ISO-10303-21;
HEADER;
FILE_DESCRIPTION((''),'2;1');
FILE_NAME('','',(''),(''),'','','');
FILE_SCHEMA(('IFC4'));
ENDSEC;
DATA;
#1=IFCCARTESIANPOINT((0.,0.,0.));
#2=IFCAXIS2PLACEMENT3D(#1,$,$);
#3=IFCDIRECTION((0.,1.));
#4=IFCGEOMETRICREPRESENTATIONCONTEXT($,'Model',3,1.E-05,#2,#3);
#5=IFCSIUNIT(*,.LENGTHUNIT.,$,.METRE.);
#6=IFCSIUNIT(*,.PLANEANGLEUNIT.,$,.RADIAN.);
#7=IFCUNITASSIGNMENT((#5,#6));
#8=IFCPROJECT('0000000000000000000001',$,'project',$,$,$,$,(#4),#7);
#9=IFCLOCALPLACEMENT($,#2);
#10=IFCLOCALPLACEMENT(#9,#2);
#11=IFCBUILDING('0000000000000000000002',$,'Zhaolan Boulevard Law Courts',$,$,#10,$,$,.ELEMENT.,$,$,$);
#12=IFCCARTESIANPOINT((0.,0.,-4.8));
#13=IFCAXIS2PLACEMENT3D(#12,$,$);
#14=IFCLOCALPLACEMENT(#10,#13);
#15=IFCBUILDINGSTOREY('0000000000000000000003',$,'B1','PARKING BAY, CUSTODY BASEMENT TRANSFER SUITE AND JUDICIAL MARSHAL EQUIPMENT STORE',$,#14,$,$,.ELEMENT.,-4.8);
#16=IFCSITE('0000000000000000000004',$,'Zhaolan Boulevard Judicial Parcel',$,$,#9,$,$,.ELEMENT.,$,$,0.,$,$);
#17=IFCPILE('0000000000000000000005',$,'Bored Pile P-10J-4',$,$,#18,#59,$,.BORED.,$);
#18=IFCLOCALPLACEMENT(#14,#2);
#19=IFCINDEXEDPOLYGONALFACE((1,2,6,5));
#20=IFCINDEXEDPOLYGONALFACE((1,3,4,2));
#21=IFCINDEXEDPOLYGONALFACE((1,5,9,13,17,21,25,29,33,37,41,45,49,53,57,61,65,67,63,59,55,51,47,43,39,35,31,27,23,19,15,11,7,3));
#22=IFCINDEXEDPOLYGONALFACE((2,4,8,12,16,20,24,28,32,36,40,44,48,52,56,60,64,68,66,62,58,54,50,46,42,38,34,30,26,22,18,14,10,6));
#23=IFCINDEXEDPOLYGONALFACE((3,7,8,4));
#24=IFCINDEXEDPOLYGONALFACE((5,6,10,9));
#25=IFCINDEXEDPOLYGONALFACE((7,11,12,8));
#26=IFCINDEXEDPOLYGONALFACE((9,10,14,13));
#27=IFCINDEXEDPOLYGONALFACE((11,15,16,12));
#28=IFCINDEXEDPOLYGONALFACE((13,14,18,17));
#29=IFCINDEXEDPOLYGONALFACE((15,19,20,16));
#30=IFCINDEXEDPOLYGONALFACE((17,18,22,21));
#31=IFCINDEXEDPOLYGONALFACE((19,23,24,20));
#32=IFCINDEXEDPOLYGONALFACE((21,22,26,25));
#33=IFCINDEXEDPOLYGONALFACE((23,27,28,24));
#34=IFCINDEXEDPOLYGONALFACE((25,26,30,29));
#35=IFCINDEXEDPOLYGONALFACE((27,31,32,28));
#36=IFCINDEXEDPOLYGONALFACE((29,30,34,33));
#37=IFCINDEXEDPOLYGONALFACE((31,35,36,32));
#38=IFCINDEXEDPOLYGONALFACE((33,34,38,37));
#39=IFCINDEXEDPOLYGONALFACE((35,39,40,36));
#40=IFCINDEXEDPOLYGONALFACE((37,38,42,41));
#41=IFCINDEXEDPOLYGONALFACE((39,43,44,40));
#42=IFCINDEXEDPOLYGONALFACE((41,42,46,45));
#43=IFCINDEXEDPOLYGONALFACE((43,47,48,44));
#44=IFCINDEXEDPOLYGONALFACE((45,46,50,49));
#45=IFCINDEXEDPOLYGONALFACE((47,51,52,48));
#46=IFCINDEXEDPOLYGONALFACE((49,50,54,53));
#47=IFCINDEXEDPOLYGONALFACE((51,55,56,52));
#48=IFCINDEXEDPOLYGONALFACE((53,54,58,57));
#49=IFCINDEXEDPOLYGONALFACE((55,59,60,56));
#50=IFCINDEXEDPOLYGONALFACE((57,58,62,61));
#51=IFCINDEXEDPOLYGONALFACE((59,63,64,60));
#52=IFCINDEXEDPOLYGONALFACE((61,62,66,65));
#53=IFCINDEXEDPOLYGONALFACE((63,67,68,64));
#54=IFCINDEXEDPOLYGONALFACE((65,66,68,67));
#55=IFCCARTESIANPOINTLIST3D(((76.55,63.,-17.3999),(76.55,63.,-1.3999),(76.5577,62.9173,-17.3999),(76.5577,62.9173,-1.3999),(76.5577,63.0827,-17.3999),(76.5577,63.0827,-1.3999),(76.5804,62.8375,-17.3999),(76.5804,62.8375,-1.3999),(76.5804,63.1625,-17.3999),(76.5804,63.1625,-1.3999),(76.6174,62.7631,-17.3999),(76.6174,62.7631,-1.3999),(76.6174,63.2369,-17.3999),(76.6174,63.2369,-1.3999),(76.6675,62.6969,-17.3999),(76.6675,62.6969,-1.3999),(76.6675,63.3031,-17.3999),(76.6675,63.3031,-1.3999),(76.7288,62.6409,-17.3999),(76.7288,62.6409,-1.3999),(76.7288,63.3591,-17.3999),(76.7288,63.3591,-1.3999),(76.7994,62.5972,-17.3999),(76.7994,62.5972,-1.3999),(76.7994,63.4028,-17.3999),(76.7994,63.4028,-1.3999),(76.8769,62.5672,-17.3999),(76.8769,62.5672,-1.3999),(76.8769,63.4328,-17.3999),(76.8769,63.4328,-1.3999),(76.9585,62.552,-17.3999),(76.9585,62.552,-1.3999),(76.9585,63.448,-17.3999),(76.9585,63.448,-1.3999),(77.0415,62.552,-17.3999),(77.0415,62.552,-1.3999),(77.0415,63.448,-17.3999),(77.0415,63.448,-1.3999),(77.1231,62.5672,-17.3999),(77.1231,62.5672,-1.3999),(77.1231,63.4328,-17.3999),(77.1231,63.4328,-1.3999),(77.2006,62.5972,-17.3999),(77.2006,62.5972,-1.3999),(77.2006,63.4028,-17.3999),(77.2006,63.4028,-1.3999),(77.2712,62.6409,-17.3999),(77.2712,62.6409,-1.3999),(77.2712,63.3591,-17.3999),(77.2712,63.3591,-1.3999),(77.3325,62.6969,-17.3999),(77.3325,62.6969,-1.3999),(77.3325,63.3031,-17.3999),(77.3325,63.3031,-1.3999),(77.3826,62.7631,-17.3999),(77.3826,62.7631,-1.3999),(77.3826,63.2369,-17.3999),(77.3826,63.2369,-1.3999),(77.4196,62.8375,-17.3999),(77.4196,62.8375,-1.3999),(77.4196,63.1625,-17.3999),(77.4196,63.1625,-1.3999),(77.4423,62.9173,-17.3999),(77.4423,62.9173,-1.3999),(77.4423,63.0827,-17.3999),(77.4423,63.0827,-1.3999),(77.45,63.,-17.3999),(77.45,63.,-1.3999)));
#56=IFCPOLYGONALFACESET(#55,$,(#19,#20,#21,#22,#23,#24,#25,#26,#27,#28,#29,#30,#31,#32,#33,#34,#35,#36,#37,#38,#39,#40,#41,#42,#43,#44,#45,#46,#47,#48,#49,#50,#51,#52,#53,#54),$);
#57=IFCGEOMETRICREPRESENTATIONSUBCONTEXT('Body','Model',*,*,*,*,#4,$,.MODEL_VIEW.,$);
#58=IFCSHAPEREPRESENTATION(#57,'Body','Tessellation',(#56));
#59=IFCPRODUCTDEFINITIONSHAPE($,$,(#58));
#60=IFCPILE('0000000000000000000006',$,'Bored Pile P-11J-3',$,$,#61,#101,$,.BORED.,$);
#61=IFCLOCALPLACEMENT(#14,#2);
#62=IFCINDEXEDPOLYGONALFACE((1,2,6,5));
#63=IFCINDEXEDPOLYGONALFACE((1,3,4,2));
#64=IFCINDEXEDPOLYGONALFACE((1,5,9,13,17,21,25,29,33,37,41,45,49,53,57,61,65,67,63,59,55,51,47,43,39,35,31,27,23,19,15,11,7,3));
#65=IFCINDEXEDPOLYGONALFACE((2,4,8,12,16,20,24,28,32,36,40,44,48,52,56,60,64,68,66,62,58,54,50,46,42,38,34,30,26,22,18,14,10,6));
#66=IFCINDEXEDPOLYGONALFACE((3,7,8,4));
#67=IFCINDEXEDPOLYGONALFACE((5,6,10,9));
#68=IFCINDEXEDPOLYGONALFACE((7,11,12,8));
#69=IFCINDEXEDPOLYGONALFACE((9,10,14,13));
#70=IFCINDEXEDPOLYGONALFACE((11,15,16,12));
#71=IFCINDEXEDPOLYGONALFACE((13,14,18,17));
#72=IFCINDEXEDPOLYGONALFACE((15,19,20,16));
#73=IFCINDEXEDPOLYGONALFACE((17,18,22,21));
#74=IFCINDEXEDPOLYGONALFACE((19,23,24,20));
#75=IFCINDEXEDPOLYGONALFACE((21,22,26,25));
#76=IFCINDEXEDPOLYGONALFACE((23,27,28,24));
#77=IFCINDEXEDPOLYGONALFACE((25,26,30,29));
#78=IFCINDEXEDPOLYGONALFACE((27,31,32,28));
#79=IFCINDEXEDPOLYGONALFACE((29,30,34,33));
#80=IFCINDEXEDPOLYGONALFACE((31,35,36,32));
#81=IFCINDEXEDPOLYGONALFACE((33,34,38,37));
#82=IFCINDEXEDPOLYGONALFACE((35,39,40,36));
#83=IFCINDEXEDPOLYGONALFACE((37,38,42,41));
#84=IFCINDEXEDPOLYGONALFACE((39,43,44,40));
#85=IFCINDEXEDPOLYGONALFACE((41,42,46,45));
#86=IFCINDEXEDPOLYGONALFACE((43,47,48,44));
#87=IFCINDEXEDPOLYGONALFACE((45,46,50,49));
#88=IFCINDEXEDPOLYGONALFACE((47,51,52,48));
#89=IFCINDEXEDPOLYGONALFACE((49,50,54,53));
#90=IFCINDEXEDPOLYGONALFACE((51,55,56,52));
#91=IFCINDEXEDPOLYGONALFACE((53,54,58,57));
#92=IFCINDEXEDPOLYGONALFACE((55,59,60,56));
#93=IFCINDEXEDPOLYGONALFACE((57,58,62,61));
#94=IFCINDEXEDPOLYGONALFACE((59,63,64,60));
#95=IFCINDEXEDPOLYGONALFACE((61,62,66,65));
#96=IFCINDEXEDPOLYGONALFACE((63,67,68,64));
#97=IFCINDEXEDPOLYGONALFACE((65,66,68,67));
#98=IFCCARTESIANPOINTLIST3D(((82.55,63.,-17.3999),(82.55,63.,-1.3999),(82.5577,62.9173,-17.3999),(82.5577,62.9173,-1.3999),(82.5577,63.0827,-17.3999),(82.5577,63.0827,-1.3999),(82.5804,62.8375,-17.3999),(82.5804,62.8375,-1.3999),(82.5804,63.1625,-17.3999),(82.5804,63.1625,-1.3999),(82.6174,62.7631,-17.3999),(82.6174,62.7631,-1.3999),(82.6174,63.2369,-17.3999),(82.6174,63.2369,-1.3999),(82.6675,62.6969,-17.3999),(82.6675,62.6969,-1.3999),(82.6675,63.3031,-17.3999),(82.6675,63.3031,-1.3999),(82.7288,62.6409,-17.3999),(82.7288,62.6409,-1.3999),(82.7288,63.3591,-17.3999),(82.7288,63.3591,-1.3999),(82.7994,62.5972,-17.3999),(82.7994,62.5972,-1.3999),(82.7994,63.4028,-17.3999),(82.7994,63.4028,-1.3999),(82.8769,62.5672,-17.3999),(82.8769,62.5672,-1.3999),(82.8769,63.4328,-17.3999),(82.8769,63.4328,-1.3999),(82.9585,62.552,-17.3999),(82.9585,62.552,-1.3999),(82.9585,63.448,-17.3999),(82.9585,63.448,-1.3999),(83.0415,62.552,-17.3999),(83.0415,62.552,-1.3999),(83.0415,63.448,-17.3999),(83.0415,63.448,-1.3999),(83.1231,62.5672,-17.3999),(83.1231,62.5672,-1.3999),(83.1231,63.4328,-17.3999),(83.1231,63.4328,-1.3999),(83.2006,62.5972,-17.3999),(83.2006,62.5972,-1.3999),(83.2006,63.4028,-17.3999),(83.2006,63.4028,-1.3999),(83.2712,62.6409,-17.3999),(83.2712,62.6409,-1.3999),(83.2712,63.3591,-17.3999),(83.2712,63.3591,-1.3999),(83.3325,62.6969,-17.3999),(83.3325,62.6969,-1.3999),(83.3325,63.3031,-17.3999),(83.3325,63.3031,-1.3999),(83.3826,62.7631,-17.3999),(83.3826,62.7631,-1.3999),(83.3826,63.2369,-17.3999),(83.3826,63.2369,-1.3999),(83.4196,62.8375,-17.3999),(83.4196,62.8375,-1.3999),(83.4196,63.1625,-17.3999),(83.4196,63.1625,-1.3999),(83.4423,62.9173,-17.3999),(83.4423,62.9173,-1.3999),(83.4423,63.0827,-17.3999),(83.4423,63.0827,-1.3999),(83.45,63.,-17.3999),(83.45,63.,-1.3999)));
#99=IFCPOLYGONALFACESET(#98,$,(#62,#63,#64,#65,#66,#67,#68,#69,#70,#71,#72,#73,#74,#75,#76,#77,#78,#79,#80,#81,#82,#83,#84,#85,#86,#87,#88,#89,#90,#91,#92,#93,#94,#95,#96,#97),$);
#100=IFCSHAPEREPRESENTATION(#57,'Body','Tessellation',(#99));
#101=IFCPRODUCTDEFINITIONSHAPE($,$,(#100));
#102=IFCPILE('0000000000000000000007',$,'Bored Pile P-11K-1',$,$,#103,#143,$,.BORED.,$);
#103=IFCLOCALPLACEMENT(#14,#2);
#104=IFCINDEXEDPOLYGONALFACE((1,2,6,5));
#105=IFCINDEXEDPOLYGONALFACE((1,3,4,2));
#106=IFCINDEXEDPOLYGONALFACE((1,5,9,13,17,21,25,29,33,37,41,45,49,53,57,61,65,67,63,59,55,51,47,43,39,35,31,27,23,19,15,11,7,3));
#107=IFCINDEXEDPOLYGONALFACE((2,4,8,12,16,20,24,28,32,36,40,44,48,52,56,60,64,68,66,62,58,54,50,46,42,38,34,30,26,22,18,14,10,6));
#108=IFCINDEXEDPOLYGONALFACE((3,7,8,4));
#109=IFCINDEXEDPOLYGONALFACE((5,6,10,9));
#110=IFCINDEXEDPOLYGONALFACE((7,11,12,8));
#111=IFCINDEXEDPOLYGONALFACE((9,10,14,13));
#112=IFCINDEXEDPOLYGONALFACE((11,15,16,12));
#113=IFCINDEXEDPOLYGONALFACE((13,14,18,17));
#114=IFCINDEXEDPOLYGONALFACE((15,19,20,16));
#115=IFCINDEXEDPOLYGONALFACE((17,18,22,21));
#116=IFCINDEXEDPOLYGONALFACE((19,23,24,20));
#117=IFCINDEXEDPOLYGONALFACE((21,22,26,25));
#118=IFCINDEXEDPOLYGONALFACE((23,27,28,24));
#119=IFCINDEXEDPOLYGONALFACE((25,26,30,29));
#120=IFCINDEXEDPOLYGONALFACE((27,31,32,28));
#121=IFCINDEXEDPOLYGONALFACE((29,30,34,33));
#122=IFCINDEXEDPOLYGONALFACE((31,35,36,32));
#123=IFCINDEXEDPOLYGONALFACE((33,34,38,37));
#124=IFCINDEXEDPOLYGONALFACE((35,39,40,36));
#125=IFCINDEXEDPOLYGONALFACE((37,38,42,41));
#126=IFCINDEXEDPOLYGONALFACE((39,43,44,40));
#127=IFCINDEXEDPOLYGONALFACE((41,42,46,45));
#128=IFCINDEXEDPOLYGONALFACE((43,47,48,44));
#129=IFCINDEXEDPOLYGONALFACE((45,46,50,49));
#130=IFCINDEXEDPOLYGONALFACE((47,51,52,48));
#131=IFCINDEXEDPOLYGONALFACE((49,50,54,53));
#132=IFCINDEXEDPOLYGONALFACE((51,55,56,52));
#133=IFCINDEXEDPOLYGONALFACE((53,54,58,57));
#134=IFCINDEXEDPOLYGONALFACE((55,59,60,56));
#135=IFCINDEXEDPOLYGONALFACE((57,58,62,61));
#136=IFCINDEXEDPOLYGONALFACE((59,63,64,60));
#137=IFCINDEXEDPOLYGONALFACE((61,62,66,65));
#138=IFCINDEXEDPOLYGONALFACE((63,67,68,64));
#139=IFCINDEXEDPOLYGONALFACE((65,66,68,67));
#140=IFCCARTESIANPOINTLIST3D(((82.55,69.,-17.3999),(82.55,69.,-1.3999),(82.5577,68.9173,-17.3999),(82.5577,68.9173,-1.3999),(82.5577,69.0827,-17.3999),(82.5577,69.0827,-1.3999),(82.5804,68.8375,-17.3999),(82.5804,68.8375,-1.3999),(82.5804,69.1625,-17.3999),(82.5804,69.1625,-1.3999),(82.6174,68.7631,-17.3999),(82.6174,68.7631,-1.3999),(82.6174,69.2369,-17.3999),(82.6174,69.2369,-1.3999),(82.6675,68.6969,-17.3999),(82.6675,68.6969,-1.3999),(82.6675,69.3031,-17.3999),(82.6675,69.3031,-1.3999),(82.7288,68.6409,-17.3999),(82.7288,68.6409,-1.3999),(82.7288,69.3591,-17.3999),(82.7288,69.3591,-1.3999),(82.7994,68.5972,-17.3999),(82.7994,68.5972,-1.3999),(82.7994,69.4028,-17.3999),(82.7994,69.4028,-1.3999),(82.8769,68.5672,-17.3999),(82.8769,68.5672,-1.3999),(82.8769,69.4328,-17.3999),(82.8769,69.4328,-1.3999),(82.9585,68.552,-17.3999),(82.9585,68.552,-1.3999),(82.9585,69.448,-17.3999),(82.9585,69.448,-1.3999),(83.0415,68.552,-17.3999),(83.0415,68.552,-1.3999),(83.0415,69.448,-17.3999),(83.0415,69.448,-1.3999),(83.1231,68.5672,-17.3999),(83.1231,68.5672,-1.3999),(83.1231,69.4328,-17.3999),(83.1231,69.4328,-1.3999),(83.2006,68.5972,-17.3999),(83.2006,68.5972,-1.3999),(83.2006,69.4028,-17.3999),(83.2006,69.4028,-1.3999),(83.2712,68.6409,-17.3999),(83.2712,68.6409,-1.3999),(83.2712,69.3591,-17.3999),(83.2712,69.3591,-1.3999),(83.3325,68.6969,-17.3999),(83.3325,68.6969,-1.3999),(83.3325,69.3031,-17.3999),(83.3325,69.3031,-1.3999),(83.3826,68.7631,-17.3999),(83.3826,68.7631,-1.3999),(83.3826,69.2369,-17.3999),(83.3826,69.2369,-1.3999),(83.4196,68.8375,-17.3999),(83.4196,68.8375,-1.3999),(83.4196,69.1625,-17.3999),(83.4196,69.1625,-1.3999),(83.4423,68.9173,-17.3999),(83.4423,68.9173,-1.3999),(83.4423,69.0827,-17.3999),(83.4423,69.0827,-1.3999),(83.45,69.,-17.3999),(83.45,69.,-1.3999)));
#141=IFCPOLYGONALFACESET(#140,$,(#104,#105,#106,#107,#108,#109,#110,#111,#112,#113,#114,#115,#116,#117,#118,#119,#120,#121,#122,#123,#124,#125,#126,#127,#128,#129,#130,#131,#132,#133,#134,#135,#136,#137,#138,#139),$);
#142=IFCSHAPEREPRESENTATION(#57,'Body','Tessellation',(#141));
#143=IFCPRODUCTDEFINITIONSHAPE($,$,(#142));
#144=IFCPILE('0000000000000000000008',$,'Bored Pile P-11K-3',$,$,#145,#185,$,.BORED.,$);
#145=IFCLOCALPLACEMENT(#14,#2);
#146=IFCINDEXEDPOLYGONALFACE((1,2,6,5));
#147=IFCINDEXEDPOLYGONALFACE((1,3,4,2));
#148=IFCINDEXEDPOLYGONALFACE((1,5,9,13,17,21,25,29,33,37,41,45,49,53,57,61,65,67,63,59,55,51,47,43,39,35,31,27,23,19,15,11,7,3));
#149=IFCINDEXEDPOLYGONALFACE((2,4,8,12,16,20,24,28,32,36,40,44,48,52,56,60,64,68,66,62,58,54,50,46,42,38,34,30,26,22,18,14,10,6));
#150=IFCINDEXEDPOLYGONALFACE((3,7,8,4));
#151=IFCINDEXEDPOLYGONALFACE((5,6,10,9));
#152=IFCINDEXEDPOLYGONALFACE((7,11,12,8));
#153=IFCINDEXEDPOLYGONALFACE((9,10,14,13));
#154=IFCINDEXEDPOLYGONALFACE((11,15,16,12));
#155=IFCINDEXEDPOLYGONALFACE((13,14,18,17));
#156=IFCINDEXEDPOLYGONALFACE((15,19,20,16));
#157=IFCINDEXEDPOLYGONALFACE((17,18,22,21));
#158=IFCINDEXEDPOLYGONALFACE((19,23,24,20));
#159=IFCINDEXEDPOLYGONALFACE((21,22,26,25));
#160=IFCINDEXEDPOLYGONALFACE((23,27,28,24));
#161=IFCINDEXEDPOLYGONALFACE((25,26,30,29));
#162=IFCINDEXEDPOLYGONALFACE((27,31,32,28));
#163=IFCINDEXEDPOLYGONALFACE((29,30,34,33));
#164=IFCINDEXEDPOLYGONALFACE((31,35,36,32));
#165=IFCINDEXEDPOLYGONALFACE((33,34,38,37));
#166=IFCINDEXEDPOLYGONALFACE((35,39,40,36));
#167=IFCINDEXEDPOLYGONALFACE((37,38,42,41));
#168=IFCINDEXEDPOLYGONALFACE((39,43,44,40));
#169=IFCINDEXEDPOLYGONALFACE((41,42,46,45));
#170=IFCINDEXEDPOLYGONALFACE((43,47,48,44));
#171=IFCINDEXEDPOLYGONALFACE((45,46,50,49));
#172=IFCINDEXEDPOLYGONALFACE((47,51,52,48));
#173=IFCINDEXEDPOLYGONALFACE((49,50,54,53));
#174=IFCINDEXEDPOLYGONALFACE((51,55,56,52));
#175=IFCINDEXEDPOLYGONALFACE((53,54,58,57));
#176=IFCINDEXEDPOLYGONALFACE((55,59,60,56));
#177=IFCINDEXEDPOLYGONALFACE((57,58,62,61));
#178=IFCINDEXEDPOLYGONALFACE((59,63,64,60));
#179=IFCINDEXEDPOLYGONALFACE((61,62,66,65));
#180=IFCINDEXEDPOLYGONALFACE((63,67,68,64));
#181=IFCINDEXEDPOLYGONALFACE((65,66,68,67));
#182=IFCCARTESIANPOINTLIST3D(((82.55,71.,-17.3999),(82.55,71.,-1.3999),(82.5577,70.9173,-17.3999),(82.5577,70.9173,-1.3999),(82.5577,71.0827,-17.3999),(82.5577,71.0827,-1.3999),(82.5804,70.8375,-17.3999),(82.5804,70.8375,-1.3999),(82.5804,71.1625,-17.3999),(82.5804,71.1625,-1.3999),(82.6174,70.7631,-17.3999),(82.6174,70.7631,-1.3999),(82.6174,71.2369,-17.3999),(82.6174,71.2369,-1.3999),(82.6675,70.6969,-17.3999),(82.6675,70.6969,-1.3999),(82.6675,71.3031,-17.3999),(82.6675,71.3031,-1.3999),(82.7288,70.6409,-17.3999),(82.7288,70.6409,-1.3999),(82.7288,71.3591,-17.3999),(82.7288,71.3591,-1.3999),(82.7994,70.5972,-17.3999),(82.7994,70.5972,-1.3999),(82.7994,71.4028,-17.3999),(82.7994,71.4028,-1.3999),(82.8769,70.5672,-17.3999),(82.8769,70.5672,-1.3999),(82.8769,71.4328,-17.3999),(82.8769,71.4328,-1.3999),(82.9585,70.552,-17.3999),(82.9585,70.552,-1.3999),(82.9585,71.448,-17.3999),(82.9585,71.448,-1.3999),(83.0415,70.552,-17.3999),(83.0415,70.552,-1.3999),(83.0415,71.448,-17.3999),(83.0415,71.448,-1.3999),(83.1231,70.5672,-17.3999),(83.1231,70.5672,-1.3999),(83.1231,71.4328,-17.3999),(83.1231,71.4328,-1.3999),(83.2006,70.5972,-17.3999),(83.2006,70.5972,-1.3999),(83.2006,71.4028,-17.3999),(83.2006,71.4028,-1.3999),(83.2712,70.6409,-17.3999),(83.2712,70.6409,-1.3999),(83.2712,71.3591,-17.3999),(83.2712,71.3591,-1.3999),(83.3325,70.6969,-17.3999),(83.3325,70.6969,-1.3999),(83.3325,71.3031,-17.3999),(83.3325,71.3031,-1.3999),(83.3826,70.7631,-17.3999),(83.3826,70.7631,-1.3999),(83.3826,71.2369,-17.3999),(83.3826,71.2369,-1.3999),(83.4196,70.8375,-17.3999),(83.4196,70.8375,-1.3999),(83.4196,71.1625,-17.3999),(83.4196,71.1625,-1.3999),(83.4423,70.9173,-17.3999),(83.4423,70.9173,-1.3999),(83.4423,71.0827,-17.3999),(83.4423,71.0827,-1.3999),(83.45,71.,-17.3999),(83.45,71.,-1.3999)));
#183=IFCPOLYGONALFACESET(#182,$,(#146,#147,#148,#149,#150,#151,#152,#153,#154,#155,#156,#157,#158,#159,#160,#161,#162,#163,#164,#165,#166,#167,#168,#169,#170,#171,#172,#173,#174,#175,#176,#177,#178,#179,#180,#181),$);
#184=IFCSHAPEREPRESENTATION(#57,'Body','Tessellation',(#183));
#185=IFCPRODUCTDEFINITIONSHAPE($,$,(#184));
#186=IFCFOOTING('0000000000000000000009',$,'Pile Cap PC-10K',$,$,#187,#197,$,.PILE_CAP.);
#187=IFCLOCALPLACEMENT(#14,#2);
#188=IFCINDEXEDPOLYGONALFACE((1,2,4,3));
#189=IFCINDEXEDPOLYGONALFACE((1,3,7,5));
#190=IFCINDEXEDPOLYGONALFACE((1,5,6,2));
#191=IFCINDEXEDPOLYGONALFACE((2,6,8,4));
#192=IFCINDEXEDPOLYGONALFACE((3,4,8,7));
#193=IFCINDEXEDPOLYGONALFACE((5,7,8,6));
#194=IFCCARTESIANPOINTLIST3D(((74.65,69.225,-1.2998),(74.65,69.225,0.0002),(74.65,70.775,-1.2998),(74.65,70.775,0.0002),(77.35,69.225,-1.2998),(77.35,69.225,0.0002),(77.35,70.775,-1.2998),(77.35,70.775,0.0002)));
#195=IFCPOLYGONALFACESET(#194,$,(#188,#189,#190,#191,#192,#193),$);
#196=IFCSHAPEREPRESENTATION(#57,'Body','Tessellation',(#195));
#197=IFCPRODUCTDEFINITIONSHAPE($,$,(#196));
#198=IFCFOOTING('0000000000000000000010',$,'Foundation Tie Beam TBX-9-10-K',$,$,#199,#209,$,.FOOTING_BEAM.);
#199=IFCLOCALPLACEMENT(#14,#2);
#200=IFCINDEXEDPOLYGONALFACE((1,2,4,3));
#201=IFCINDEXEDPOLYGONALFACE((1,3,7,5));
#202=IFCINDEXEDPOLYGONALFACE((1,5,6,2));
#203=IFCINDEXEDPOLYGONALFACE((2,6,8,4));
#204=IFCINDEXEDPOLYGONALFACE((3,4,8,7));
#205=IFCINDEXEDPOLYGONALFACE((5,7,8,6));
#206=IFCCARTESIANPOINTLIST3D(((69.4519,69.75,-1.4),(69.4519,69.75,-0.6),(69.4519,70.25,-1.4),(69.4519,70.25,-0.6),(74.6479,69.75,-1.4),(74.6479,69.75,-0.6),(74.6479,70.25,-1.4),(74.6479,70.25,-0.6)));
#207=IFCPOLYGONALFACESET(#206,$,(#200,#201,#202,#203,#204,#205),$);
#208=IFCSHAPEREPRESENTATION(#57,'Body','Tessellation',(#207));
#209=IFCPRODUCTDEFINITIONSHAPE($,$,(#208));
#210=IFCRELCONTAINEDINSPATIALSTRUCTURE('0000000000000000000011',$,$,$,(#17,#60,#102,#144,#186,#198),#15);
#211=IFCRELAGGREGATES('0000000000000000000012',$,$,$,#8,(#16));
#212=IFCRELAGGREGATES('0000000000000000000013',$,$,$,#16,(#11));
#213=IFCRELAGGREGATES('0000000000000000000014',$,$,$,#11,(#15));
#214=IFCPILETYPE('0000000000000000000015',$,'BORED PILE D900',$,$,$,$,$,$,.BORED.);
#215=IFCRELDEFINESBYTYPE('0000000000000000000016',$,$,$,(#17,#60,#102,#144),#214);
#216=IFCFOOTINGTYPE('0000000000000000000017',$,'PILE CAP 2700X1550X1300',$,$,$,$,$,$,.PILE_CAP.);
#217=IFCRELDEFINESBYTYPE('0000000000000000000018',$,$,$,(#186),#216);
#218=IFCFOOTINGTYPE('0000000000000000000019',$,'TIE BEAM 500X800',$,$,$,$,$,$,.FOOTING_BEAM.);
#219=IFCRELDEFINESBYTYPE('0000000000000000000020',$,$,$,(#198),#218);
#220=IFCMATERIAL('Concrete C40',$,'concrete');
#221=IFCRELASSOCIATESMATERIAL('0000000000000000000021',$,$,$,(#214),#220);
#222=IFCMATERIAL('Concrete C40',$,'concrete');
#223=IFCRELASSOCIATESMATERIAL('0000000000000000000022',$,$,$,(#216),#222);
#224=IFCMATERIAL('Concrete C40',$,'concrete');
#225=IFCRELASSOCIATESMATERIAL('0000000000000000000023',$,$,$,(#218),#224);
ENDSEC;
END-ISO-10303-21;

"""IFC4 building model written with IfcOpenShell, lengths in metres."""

from ifc_helpers import new_model, si_unit, direction, frame, origin, origin_2d, place, context, subcontext, project, spatial, rectangle, circle, extrude, material, material_profile, profile_set, type_object, element, save


model = new_model("IFC4")

# Units and contexts
model_context = context("Model", 3, precision=1e-05, world=origin(), true_north=direction((0.0, 1.0)))
body_context = subcontext(model_context, "Body", "Model", "MODEL_VIEW")
ifc_project = project(units=[si_unit("LENGTHUNIT", "METRE"), si_unit("PLANEANGLEUNIT", "RADIAN")], contexts=[model_context])

# Site, building, storey
site_placement = place(None, origin())
site = spatial("IfcSite", under=ifc_project, at=site_placement, Name="Zhaolan Boulevard Judicial Parcel", CompositionType="ELEMENT", RefElevation=0.0)
building_placement = place(site_placement, origin())
building = spatial("IfcBuilding", under=site, at=building_placement, Name="Zhaolan Boulevard Law Courts", CompositionType="ELEMENT")
storey_placement = place(building_placement, frame((0.0, 0.0, -4.8)))
storey = spatial("IfcBuildingStorey", under=building, at=storey_placement, Name="B1", Description="PARKING BAY, CUSTODY BASEMENT TRANSFER SUITE AND JUDICIAL MARSHAL EQUIPMENT STORE", CompositionType="ELEMENT", Elevation=-4.8)

# Piles
ifc_material_1 = material(Name="Concrete C40", Category="concrete")
ifc_material_profile_1 = material_profile(ifc_material_1, circle(Radius=0.45, at=origin_2d()), Name="PILE-D900")
ifc_profile_set_1 = profile_set([ifc_material_profile_1], Name="Concrete C40")
pile_type_1 = type_object("IfcPileType", Name="BORED PILE D900", PredefinedType="BORED", material=ifc_profile_set_1)
for number, where, z_axis, x_axis, name in (
    (1, (77.0, 63.0, -1.3999), (0.0, 0.0, -1.0), (1.0, 0.0, 0.0), "Bored Pile P-10J-4"),
    (2, (83.0, 63.0, -1.3999), (0.0, 0.0, -1.0), (1.0, 0.0, 0.0), "Bored Pile P-11J-3"),
    (3, (83.0, 69.0, -1.3999), (0.0, 0.0, -1.0), (1.0, 0.0, 0.0), "Bored Pile P-11K-1"),
    (4, (83.0, 71.0, -1.3999), (0.0, 0.0, -1.0), (1.0, 0.0, 0.0), "Bored Pile P-11K-3"),
):
    element("IfcPile", number, at=place(storey_placement, frame(where, z_axis=z_axis, x_axis=x_axis)), inside=storey, type_object=pile_type_1, Name=name, PredefinedType="BORED", context=body_context, shape_type="SweptSolid", body=[
        extrude(circle(Radius=0.45, at=origin_2d()), origin(), (0.0, 0.0, 1.0), 16.0),
    ])

# Footings
ifc_material_2 = material(Name="Concrete C40", Category="concrete")
footing_type_1 = type_object("IfcFootingType", Name="PILE CAP 2700X1550X1300", PredefinedType="PILE_CAP", material=ifc_material_2)
footing_1_placement = place(storey_placement, frame((76.0, 70.0, -1.2998), z_axis=(0.0, 0.0, 1.0), x_axis=(1.0, 0.0, 0.0)))
element("IfcFooting", 5, at=footing_1_placement, inside=storey, type_object=footing_type_1, Name="Pile Cap PC-10K", PredefinedType="PILE_CAP", context=body_context, shape_type="SweptSolid", body=[
    extrude(rectangle(XDim=2.7, YDim=1.55, at=origin_2d()), origin(), (0.0, 0.0, 1.0), 1.3),
])
ifc_material_3 = material(Name="Concrete C40", Category="concrete")
ifc_material_profile_2 = material_profile(ifc_material_3, rectangle(XDim=0.5, YDim=0.8, at=origin_2d()), Name="RC500x800")
ifc_profile_set_2 = profile_set([ifc_material_profile_2], Name="Concrete C40")
footing_type_2 = type_object("IfcFootingType", Name="TIE BEAM 500X800", PredefinedType="FOOTING_BEAM", material=ifc_profile_set_2)
footing_2_placement = place(storey_placement, frame((69.4519, 70.0, -1.0), z_axis=(1.0, 0.0, 0.0), x_axis=(0.0, 1.0, 0.0)))
element("IfcFooting", 6, at=footing_2_placement, inside=storey, type_object=footing_type_2, Name="Foundation Tie Beam TBX-9-10-K", PredefinedType="FOOTING_BEAM", context=body_context, shape_type="SweptSolid", body=[
    extrude(rectangle(XDim=0.5, YDim=0.8, at=origin_2d()), origin(), (0.0, 0.0, 1.0), 5.196),
])

save(model, "model.ifc")
